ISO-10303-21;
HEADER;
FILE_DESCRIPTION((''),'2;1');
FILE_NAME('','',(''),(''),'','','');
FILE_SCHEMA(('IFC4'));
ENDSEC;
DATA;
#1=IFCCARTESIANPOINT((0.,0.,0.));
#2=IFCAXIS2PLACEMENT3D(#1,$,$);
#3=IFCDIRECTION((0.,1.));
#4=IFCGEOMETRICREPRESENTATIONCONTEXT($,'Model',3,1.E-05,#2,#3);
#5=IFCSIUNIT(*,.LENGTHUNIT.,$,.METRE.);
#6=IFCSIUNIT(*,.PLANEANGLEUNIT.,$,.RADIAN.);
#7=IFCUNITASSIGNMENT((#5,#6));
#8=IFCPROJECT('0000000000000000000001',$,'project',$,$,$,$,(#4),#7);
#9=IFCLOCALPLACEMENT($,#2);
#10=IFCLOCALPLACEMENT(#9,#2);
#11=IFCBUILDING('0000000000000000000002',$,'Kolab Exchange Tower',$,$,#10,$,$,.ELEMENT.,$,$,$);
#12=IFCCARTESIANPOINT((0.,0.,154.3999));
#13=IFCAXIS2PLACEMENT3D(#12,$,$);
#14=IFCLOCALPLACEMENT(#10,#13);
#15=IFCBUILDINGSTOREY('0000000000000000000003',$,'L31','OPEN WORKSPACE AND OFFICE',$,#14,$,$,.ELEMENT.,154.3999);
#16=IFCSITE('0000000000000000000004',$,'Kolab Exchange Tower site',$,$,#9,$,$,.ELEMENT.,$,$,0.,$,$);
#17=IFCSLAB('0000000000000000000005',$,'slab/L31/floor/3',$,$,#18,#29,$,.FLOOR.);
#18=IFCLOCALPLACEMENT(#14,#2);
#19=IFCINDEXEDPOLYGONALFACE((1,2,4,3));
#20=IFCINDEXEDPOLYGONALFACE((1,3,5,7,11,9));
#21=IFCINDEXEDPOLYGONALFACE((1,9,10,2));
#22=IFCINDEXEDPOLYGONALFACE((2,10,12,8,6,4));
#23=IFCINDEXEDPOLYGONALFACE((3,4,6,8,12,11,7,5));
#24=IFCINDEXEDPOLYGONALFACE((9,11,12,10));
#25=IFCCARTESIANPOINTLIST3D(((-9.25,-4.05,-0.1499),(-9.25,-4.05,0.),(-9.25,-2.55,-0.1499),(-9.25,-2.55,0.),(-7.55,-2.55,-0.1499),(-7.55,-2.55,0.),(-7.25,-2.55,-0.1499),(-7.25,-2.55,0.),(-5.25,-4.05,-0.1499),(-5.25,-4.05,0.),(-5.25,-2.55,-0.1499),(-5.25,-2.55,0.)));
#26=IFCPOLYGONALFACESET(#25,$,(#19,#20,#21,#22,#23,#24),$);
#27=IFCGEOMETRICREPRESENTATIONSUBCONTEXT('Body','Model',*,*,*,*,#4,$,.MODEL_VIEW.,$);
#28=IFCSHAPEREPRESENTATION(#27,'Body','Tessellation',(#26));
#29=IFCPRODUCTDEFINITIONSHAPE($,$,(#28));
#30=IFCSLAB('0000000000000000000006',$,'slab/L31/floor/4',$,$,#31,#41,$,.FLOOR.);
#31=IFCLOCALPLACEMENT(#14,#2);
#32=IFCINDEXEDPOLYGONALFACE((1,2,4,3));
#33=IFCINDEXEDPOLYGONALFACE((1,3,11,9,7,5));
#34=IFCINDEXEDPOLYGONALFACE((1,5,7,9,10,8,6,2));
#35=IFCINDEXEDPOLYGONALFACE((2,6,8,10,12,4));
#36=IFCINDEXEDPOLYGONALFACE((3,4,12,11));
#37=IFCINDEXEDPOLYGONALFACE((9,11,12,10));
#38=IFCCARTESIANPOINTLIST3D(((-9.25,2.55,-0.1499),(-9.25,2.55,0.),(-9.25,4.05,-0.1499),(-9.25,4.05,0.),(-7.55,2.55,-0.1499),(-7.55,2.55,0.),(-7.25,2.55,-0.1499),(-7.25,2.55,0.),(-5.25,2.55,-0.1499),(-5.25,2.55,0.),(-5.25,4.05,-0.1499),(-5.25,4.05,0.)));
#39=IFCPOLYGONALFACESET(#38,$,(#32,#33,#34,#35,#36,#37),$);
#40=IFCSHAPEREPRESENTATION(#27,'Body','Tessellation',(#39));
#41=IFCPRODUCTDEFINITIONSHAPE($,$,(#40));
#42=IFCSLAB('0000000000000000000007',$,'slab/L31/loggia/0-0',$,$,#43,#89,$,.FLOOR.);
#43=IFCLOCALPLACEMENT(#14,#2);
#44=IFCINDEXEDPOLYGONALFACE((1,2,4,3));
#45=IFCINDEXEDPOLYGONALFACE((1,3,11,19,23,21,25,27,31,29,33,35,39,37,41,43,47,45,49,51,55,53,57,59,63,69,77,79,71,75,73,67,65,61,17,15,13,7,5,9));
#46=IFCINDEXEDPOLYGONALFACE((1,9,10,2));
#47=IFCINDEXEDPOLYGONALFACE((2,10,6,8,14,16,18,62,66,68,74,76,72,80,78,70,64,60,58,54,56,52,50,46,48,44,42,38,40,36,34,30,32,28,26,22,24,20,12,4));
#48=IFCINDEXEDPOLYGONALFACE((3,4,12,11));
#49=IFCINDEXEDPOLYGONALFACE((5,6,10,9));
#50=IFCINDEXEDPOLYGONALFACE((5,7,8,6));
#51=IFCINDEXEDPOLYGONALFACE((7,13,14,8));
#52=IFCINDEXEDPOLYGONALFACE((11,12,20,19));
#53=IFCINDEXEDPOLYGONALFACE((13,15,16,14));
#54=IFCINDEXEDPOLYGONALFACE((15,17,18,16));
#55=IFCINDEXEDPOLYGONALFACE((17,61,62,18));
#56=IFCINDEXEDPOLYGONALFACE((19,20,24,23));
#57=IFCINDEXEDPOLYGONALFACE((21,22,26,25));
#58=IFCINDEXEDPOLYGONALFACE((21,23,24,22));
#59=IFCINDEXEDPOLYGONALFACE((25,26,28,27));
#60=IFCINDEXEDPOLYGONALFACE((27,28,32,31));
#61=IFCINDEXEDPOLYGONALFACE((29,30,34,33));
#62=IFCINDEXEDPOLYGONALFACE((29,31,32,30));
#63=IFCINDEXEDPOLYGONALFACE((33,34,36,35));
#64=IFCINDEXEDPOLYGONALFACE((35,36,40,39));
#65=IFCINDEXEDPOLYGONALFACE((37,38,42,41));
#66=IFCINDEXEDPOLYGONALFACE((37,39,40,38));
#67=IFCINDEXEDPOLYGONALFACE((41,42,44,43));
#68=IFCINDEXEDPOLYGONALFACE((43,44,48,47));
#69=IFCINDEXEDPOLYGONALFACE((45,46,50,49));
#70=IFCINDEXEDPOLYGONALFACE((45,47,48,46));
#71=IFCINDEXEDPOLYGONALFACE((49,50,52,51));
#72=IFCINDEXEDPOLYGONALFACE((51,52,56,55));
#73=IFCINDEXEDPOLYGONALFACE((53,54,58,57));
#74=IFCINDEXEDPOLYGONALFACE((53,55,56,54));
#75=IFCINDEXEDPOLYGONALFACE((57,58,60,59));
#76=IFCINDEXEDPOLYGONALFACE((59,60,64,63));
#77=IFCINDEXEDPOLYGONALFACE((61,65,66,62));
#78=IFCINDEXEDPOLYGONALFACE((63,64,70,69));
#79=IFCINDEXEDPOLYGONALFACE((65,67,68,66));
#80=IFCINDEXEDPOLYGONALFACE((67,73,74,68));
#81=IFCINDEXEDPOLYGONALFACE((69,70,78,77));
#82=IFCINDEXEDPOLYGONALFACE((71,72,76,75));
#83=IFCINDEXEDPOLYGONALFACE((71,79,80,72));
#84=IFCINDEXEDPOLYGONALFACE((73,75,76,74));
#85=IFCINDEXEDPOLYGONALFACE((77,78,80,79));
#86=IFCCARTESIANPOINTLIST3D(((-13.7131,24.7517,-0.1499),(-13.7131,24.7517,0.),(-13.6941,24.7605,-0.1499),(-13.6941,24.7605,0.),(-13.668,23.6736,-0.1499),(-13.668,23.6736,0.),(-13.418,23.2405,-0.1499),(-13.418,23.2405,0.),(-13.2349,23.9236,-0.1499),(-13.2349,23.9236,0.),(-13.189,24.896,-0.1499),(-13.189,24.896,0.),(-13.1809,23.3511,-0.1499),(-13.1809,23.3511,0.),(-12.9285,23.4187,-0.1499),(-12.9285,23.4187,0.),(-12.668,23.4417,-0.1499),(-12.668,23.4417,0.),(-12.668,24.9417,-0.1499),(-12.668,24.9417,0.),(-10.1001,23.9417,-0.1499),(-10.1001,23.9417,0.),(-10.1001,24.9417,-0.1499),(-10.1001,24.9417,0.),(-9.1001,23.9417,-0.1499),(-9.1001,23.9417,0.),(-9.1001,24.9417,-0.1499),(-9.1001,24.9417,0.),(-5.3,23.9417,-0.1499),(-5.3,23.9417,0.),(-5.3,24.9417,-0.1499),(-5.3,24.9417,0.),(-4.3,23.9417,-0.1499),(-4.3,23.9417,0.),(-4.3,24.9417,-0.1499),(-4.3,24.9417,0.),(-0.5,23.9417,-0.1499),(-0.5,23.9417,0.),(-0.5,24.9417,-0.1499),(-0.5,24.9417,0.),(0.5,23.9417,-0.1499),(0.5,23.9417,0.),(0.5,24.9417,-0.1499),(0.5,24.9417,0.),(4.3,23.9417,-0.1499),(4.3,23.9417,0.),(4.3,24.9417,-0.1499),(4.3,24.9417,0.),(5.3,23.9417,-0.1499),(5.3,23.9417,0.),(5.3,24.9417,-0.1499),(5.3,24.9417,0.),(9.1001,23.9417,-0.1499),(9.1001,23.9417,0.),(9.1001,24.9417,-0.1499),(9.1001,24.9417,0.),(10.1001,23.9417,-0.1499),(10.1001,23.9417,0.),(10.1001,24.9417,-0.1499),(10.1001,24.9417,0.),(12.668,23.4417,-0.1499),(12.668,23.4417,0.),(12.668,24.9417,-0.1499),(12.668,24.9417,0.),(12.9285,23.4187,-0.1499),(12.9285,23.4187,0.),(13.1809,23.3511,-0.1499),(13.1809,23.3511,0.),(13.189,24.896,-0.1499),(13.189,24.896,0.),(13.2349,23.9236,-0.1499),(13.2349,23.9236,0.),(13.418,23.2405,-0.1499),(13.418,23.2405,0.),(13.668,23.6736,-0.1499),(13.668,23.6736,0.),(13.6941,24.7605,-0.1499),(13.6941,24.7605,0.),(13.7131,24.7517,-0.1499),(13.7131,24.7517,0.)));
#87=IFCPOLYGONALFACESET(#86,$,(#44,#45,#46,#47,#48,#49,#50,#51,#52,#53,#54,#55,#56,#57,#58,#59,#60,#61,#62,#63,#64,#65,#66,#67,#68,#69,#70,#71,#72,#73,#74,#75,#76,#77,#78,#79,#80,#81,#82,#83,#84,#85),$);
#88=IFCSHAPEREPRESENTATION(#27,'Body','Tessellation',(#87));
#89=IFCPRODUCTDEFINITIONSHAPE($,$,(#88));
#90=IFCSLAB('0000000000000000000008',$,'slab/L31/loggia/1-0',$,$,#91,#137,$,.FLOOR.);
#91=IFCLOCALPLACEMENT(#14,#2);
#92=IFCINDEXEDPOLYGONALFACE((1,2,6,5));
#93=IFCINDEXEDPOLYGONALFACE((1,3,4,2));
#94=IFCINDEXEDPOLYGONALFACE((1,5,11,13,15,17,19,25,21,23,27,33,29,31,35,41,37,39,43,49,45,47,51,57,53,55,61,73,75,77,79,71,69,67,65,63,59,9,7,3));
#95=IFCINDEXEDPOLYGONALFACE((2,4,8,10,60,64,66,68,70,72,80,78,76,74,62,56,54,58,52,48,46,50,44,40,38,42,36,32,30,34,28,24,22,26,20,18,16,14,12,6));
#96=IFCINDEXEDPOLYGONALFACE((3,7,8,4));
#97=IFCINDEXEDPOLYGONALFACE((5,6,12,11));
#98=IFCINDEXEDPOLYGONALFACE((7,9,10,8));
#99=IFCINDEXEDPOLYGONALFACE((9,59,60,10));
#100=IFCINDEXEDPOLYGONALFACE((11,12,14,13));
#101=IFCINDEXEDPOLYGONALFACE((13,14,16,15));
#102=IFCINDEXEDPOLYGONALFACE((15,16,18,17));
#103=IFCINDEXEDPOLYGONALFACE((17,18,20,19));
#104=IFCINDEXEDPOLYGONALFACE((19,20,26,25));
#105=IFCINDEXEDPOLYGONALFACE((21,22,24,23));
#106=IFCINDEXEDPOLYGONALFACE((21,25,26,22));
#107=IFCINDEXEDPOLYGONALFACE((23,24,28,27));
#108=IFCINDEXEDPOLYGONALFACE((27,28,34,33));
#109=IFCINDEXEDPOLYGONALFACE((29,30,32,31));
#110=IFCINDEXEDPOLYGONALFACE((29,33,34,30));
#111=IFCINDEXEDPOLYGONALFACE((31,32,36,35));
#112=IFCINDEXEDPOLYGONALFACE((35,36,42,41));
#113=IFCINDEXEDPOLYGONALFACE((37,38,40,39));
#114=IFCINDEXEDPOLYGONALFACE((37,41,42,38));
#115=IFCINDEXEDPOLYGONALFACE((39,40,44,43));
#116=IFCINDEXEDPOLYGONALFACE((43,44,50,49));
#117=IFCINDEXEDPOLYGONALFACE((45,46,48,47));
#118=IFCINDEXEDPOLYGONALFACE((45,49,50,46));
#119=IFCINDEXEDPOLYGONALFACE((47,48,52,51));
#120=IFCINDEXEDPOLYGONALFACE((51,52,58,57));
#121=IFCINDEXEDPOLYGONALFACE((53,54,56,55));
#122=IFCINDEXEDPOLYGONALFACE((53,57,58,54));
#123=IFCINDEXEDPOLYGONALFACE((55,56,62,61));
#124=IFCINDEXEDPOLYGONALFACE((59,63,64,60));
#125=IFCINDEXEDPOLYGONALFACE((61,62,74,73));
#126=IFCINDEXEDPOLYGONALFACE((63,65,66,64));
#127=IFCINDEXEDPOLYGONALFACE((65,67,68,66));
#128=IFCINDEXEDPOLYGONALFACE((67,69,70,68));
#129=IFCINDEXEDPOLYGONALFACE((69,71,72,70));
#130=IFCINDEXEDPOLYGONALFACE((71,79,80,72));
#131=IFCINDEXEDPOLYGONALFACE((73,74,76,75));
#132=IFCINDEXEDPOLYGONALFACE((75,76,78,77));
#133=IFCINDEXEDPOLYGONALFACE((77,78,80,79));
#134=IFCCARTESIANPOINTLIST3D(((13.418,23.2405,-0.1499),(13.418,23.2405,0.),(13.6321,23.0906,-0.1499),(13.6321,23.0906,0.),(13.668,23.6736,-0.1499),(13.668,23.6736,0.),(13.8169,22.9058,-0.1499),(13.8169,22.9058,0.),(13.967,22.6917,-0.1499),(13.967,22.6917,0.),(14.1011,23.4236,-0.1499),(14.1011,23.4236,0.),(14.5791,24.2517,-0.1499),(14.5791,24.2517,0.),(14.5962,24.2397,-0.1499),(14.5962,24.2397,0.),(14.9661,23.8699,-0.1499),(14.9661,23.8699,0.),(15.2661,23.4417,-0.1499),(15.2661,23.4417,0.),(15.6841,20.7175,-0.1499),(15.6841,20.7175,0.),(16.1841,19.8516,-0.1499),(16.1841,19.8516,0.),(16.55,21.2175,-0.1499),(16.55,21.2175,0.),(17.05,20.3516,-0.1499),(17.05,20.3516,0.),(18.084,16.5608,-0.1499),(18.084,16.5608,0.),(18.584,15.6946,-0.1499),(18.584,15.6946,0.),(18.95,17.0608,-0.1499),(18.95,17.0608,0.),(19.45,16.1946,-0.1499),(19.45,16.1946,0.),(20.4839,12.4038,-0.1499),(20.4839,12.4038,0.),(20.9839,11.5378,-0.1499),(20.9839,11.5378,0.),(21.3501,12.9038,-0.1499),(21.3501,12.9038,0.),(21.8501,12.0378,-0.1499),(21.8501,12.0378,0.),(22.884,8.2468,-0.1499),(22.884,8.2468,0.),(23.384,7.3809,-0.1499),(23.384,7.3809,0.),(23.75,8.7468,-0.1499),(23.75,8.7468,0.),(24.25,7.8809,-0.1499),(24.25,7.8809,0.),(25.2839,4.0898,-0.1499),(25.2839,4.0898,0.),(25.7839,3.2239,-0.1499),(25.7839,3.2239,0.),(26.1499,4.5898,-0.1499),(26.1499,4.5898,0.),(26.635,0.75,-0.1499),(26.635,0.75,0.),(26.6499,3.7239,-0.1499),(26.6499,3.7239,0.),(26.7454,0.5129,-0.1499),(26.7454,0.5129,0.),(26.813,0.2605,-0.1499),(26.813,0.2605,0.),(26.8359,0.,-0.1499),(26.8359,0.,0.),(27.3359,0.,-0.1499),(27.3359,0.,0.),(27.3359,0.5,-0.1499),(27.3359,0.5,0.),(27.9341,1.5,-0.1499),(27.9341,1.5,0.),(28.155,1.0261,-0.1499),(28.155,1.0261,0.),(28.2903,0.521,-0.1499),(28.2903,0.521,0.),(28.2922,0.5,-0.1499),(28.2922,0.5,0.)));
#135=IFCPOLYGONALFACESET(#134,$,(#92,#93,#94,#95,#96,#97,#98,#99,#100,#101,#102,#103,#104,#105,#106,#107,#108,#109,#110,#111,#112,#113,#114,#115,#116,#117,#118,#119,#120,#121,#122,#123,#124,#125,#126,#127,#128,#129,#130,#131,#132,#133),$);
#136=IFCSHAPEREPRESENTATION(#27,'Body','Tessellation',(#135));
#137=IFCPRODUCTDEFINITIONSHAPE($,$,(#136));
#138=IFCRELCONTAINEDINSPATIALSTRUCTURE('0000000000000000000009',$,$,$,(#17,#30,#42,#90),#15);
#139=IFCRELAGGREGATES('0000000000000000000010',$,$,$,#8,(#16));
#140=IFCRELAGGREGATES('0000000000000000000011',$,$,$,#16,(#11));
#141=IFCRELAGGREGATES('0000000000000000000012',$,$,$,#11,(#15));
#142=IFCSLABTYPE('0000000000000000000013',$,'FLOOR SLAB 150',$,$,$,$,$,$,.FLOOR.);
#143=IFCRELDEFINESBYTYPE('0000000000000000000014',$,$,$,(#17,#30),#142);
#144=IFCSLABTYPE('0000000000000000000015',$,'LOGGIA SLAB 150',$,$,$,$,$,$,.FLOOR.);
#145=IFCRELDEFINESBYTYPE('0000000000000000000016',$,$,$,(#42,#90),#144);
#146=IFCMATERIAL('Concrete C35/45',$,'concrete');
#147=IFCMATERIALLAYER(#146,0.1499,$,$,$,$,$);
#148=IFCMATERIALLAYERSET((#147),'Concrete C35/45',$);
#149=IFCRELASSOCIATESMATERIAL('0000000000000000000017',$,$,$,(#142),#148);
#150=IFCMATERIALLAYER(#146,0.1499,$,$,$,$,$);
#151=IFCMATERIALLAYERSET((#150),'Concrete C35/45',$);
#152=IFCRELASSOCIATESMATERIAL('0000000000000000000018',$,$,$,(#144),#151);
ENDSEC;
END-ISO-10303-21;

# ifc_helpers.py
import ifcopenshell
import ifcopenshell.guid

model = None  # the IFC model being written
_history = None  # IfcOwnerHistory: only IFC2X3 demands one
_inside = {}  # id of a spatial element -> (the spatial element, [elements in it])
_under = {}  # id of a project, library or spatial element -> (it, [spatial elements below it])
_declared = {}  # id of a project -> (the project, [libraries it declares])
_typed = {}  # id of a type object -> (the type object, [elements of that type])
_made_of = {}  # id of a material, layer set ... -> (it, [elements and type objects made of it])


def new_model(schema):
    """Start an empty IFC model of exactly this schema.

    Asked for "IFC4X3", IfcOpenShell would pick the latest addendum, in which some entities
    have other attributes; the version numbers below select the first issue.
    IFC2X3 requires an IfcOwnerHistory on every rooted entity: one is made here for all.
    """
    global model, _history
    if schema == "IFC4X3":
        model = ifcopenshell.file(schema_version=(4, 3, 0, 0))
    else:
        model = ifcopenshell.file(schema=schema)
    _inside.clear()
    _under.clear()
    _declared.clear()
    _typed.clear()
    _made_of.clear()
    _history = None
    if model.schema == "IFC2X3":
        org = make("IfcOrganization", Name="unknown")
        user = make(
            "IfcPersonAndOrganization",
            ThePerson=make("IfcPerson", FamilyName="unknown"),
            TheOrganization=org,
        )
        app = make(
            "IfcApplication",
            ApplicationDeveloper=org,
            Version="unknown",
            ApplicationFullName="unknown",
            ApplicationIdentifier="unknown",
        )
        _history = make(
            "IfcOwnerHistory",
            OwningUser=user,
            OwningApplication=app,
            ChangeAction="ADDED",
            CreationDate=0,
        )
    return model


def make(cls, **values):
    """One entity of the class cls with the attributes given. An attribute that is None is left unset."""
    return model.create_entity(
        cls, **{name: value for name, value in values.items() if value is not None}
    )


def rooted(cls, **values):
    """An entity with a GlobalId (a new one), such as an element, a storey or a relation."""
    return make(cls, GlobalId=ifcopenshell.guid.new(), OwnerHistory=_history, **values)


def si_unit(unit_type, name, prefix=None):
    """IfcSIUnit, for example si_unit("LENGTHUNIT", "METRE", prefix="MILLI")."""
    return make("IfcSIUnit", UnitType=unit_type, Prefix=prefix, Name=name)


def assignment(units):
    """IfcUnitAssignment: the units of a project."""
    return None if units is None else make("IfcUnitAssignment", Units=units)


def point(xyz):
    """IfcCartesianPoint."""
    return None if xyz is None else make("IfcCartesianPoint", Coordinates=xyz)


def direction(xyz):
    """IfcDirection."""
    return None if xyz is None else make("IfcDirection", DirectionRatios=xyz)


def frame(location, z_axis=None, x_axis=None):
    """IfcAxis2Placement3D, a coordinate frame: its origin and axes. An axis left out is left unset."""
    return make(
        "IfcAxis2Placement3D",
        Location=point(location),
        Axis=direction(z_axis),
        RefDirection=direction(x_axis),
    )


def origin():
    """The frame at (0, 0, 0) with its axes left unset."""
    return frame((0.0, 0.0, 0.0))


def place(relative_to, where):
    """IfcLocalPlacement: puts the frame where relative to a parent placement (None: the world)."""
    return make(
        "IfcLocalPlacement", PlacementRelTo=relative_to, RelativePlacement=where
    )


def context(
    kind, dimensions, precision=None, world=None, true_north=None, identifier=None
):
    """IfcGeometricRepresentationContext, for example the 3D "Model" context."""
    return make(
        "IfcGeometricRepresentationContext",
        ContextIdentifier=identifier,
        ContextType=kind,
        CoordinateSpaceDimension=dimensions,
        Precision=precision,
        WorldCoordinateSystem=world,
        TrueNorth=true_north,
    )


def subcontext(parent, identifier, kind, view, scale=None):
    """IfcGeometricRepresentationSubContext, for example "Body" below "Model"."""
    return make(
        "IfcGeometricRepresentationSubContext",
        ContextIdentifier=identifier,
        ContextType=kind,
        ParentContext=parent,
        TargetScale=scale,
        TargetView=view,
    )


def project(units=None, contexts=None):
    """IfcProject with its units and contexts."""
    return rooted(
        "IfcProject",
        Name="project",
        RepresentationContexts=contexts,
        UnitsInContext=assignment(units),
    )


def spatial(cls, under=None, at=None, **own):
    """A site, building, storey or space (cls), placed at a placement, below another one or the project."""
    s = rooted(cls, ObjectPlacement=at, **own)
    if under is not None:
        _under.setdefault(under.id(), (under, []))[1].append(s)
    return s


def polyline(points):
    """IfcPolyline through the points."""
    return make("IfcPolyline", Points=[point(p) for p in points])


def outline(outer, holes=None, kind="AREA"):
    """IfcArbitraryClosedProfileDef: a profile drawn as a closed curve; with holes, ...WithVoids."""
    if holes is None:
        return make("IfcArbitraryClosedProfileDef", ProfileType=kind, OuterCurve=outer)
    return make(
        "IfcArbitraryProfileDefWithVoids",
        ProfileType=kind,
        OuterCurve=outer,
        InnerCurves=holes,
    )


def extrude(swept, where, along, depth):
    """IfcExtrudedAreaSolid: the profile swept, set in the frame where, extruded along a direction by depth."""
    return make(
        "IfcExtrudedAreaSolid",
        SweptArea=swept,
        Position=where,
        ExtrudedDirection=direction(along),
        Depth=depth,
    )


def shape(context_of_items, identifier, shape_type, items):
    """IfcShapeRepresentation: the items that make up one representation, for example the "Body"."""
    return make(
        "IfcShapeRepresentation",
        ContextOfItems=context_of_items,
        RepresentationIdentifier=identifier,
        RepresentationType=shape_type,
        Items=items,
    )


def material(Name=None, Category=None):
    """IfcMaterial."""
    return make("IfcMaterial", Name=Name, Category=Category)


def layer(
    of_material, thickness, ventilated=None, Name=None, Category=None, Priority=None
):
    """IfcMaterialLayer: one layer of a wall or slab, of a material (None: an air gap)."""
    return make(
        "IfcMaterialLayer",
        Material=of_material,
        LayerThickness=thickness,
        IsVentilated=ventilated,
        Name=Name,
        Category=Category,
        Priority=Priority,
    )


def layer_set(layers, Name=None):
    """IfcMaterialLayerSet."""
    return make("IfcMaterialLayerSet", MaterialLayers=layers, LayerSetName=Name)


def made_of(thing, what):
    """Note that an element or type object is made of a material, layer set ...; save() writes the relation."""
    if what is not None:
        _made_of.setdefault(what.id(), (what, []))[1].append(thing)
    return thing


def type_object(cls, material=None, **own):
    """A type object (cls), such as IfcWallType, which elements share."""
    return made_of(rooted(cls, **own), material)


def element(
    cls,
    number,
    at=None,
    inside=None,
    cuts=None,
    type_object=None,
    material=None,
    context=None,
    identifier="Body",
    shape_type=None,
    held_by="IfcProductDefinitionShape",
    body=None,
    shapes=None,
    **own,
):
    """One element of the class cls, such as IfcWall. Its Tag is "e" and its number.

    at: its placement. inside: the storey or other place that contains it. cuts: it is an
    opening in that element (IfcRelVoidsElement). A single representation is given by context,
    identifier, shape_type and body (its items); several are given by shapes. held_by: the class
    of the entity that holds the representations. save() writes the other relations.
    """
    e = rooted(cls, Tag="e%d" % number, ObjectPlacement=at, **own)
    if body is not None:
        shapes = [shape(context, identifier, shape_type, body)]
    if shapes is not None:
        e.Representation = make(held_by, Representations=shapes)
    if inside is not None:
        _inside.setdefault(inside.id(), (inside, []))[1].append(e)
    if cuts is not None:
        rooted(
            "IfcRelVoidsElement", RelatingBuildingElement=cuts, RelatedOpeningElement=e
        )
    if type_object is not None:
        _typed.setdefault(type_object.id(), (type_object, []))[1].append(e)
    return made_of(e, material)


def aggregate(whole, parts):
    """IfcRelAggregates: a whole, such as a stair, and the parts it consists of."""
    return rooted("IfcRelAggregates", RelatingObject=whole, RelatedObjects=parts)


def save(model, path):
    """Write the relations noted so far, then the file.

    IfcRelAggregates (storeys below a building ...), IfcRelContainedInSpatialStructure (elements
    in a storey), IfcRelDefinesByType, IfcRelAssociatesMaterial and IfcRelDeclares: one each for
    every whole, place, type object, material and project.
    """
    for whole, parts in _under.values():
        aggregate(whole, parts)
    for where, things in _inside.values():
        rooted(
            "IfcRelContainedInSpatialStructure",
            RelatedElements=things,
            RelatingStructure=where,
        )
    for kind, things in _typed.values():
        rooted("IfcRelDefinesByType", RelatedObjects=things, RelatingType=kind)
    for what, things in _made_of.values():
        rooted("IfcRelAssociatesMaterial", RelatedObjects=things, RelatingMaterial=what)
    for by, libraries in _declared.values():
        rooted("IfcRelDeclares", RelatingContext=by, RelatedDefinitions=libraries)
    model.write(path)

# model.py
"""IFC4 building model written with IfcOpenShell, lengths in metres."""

from ifc_helpers import new_model, si_unit, direction, frame, origin, place, context, subcontext, project, spatial, polyline, outline, extrude, material, layer, layer_set, type_object, element, save


model = new_model("IFC4")

# Units and contexts
model_context = context("Model", 3, precision=1e-05, world=origin(), true_north=direction((0.0, 1.0)))
body_context = subcontext(model_context, "Body", "Model", "MODEL_VIEW")
ifc_project = project(units=[si_unit("LENGTHUNIT", "METRE"), si_unit("PLANEANGLEUNIT", "RADIAN")], contexts=[model_context])

# Site, building, storey
site_placement = place(None, origin())
site = spatial("IfcSite", under=ifc_project, at=site_placement, Name="Kolab Exchange Tower site", CompositionType="ELEMENT", RefElevation=0.0)
building_placement = place(site_placement, origin())
building = spatial("IfcBuilding", under=site, at=building_placement, Name="Kolab Exchange Tower", CompositionType="ELEMENT")
storey_placement = place(building_placement, frame((0.0, 0.0, 154.3999)))
storey = spatial("IfcBuildingStorey", under=building, at=storey_placement, Name="L31", Description="OPEN WORKSPACE AND OFFICE", CompositionType="ELEMENT", Elevation=154.3999)

# Slabs
ifc_material_1 = material(Name="Concrete C35/45", Category="concrete")
ifc_layer_1 = layer(ifc_material_1, 0.1499)
ifc_layer_set_1 = layer_set([ifc_layer_1], Name="Concrete C35/45")
slab_type_1 = type_object("IfcSlabType", Name="FLOOR SLAB 150", PredefinedType="FLOOR", material=ifc_layer_set_1)
slab_1_placement = place(storey_placement, frame((0.0, 0.0, -0.1499)))
element("IfcSlab", 1, at=slab_1_placement, inside=storey, type_object=slab_type_1, Name="slab/L31/floor/3", PredefinedType="FLOOR", context=body_context, shape_type="SweptSolid", body=[
    extrude(outline(polyline([(-7.55, -2.55), (-9.25, -2.55), (-9.25, -4.05), (-5.25, -4.05), (-5.25, -2.55), (-7.25, -2.55), (-7.55, -2.55)])), origin(), (0.0, 0.0, 1.0), 0.1499),
])
slab_2_placement = place(storey_placement, frame((0.0, 0.0, -0.1499)))
element("IfcSlab", 2, at=slab_2_placement, inside=storey, type_object=slab_type_1, Name="slab/L31/floor/4", PredefinedType="FLOOR", context=body_context, shape_type="SweptSolid", body=[
    extrude(outline(polyline([(-9.25, 2.55), (-7.55, 2.55), (-7.25, 2.55), (-5.25, 2.55), (-5.25, 4.05), (-9.25, 4.05), (-9.25, 2.55)])), origin(), (0.0, 0.0, 1.0), 0.1499),
])
ifc_layer_2 = layer(ifc_material_1, 0.1499)
ifc_layer_set_2 = layer_set([ifc_layer_2], Name="Concrete C35/45")
slab_type_2 = type_object("IfcSlabType", Name="LOGGIA SLAB 150", PredefinedType="FLOOR", material=ifc_layer_set_2)
slab_3_placement = place(storey_placement, frame((0.0, 0.0, -0.1499)))
element("IfcSlab", 3, at=slab_3_placement, inside=storey, type_object=slab_type_2, Name="slab/L31/loggia/0-0", PredefinedType="FLOOR", context=body_context, shape_type="SweptSolid", body=[
    extrude(outline(polyline([(13.418, 23.2405), (13.668, 23.6736), (13.2349, 23.9236), (13.7131, 24.7517), (13.6941, 24.7605), (13.189, 24.896), (12.668, 24.9417), (10.1001, 24.9417), (10.1001, 23.9417), (9.1001, 23.9417), (9.1001, 24.9417), (5.3, 24.9417), (5.3, 23.9417), (4.3, 23.9417), (4.3, 24.9417), (0.5, 24.9417), (0.5, 23.9417), (-0.5, 23.9417), (-0.5, 24.9417), (-4.3, 24.9417), (-4.3, 23.9417), (-5.3, 23.9417), (-5.3, 24.9417), (-9.1001, 24.9417), (-9.1001, 23.9417), (-10.1001, 23.9417), (-10.1001, 24.9417), (-12.668, 24.9417), (-13.189, 24.896), (-13.6941, 24.7605), (-13.7131, 24.7517), (-13.2349, 23.9236), (-13.668, 23.6736), (-13.418, 23.2405), (-13.1809, 23.3511), (-12.9285, 23.4187), (-12.668, 23.4417), (12.668, 23.4417), (12.9285, 23.4187), (13.1809, 23.3511), (13.418, 23.2405)])), origin(), (0.0, 0.0, 1.0), 0.1499),
])
slab_4_placement = place(storey_placement, frame((0.0, 0.0, -0.1499)))
element("IfcSlab", 4, at=slab_4_placement, inside=storey, type_object=slab_type_2, Name="slab/L31/loggia/1-0", PredefinedType="FLOOR", context=body_context, shape_type="SweptSolid", body=[
    extrude(outline(polyline([(26.8359, 0.0), (27.3359, 0.0), (27.3359, 0.5), (28.2922, 0.5), (28.2903, 0.521), (28.155, 1.0261), (27.9341, 1.5), (26.6499, 3.7239), (25.7839, 3.2239), (25.2839, 4.0898), (26.1499, 4.5898), (24.25, 7.8809), (23.384, 7.3809), (22.884, 8.2468), (23.75, 8.7468), (21.8501, 12.0378), (20.9839, 11.5378), (20.4839, 12.4038), (21.3501, 12.9038), (19.45, 16.1946), (18.584, 15.6946), (18.084, 16.5608), (18.95, 17.0608), (17.05, 20.3516), (16.1841, 19.8516), (15.6841, 20.7175), (16.55, 21.2175), (15.2661, 23.4417), (14.9661, 23.8699), (14.5962, 24.2397), (14.5791, 24.2517), (14.1011, 23.4236), (13.668, 23.6736), (13.418, 23.2405), (13.6321, 23.0906), (13.8169, 22.9058), (13.967, 22.6917), (26.635, 0.75), (26.7454, 0.5129), (26.813, 0.2605), (26.8359, 0.0)])), origin(), (0.0, 0.0, 1.0), 0.1499),
])

save(model, "model.ifc")
